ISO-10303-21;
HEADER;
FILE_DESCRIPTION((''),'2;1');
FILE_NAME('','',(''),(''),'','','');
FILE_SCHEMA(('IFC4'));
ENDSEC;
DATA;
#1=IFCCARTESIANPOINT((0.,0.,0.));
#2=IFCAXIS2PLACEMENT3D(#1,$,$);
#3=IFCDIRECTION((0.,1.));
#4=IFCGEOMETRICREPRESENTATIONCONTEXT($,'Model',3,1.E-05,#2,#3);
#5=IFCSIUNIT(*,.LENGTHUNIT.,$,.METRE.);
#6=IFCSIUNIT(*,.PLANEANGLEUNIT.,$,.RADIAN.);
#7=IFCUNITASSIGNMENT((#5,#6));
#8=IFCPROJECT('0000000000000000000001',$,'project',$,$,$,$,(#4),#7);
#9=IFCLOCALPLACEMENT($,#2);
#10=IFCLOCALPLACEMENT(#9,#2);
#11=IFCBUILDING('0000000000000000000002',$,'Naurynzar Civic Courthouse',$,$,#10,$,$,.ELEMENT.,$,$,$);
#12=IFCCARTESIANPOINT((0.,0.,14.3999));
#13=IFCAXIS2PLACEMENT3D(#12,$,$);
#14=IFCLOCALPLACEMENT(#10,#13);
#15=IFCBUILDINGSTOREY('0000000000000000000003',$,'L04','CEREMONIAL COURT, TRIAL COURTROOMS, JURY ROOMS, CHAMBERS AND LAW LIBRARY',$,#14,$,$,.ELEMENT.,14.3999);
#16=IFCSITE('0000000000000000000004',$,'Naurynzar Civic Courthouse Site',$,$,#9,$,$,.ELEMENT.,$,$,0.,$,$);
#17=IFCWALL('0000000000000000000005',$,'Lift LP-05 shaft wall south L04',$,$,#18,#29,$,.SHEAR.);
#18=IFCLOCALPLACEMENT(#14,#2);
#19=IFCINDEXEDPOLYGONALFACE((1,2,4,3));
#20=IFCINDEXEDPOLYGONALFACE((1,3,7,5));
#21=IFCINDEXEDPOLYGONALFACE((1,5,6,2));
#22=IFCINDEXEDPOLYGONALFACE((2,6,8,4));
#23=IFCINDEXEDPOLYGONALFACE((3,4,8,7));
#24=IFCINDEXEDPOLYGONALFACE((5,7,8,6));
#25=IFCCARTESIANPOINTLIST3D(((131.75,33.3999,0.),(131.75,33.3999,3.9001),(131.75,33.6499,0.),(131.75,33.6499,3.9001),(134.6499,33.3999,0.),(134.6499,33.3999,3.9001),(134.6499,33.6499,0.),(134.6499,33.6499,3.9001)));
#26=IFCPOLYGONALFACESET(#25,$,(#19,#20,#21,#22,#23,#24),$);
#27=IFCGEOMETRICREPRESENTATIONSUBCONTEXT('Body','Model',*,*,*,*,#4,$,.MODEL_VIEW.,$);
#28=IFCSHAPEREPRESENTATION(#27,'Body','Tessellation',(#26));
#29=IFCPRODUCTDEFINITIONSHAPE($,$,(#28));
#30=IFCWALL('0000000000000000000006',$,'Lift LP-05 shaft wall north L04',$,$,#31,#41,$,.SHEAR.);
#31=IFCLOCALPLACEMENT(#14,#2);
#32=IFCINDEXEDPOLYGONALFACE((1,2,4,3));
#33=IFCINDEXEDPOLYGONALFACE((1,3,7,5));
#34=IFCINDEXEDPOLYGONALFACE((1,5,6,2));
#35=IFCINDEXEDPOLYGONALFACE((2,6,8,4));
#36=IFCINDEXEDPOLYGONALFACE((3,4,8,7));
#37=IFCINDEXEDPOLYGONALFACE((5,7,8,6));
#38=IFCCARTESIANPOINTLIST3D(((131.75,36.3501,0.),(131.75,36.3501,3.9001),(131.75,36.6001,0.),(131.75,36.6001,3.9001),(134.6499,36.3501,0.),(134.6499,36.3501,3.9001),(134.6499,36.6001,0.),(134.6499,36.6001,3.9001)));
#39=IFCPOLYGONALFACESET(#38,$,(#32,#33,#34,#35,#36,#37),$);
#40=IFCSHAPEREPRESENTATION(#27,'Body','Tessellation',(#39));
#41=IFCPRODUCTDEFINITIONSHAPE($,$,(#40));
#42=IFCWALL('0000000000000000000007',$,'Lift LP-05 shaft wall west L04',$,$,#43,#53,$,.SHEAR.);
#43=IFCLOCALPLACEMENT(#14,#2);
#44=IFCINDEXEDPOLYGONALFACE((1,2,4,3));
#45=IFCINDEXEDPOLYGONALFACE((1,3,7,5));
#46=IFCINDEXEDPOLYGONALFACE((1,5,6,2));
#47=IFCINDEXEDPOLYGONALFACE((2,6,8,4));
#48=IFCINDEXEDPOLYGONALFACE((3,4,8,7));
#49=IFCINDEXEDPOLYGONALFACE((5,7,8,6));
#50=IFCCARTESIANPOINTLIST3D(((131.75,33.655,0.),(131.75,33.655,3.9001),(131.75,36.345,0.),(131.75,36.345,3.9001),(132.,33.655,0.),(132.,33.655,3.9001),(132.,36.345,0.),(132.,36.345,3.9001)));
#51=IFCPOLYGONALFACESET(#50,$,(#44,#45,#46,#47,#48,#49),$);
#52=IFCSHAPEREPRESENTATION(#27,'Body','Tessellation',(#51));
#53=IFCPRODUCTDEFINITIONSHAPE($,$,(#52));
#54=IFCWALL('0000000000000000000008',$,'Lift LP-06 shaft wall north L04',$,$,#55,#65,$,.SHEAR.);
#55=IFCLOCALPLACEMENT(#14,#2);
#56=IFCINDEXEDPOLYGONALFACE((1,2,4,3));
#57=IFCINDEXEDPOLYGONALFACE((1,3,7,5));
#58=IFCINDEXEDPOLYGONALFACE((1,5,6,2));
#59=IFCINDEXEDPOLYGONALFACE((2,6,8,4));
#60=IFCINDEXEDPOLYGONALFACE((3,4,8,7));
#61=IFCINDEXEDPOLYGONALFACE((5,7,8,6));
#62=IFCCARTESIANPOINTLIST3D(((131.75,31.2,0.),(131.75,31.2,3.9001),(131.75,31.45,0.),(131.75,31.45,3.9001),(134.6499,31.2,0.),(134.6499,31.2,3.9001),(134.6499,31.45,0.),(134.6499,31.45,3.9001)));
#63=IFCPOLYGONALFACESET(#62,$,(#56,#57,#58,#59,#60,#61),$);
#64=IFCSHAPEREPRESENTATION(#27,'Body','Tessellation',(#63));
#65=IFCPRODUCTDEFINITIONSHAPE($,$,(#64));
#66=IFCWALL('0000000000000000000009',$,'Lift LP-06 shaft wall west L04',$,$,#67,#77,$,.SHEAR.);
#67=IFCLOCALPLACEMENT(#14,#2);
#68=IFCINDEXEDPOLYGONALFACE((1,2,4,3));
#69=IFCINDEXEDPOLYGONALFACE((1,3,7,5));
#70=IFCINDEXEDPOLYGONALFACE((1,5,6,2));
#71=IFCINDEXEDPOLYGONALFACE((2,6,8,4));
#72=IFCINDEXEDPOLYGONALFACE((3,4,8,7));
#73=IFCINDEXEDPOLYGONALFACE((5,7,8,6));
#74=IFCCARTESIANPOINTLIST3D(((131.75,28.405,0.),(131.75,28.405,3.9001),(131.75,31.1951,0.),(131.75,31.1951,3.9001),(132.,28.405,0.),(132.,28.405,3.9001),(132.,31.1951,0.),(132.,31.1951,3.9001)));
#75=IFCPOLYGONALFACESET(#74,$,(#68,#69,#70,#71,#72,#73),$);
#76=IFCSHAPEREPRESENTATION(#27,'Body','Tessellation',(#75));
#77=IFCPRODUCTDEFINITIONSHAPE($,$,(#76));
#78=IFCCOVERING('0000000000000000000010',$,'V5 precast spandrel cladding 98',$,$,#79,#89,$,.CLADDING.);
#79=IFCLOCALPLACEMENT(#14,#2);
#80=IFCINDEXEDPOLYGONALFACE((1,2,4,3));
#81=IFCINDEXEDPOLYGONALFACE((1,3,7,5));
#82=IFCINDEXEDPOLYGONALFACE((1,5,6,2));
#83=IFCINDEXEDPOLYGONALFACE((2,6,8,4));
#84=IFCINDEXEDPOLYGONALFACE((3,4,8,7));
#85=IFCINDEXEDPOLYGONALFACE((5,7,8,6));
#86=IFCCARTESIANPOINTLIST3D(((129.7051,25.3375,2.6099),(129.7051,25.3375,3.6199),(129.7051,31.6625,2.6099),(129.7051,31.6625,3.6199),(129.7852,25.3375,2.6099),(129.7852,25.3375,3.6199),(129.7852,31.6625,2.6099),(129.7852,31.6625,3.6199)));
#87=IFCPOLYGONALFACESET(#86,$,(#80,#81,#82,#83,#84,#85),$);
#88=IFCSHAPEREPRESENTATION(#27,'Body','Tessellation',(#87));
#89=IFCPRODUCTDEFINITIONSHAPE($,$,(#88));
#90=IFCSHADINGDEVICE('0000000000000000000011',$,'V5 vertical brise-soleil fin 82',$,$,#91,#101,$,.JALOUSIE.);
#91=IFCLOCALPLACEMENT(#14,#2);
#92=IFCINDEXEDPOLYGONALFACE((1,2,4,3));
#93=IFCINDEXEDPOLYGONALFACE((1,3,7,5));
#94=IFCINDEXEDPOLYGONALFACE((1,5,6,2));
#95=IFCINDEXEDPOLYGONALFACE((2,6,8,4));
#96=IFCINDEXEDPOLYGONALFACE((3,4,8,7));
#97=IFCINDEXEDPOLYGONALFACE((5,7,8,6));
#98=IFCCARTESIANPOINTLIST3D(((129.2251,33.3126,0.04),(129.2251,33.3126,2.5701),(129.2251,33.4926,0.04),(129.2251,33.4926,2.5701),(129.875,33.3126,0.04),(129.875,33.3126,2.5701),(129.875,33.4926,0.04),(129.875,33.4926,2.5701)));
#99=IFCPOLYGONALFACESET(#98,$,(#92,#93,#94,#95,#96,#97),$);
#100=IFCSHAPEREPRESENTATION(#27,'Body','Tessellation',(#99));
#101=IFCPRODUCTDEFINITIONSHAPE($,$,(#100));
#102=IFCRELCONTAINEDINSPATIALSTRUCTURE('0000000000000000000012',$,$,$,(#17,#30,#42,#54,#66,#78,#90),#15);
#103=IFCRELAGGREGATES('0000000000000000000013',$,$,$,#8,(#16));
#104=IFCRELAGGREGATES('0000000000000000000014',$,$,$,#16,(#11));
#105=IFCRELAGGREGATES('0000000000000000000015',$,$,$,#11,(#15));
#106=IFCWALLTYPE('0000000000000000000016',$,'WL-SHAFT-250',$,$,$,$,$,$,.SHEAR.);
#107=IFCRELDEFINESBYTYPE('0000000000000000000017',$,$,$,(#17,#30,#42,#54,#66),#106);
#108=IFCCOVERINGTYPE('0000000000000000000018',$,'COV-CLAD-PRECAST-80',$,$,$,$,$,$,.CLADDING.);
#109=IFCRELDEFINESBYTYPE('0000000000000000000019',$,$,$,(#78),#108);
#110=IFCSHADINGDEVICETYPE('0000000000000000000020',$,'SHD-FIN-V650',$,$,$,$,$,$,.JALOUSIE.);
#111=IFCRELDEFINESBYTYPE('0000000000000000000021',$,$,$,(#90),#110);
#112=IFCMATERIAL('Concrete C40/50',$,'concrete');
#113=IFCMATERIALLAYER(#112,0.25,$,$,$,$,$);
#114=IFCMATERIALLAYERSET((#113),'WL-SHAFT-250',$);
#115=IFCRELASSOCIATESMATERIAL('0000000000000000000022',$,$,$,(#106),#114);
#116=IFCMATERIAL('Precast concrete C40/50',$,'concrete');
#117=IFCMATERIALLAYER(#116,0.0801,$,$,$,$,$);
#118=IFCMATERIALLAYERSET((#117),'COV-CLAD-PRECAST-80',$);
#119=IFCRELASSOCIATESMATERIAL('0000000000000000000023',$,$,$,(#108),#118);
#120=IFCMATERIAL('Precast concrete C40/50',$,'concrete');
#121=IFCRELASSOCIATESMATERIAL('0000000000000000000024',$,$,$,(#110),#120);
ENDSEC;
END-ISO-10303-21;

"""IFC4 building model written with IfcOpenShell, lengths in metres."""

from ifc_helpers import new_model, si_unit, direction, frame, frame_2d, origin, origin_2d, place, context, subcontext, project, spatial, rectangle, extrude, material, layer, layer_set, type_object, element, save


model = new_model("IFC4")

# Units and contexts
model_context = context("Model", 3, precision=1e-05, world=origin(), true_north=direction((0.0, 1.0)))
body_context = subcontext(model_context, "Body", "Model", "MODEL_VIEW")
ifc_project = project(units=[si_unit("LENGTHUNIT", "METRE"), si_unit("PLANEANGLEUNIT", "RADIAN")], contexts=[model_context])

# Site, building, storey
site_placement = place(None, origin())
site = spatial("IfcSite", under=ifc_project, at=site_placement, Name="Naurynzar Civic Courthouse Site", CompositionType="ELEMENT", RefElevation=0.0)
building_placement = place(site_placement, origin())
building = spatial("IfcBuilding", under=site, at=building_placement, Name="Naurynzar Civic Courthouse", CompositionType="ELEMENT")
storey_placement = place(building_placement, frame((0.0, 0.0, 14.3999)))
storey = spatial("IfcBuildingStorey", under=building, at=storey_placement, Name="L04", Description="CEREMONIAL COURT, TRIAL COURTROOMS, JURY ROOMS, CHAMBERS AND LAW LIBRARY", CompositionType="ELEMENT", Elevation=14.3999)

# Walls
ifc_material_1 = material(Name="Concrete C40/50", Category="concrete")
ifc_layer_1 = layer(ifc_material_1, 0.25)
ifc_layer_set_1 = layer_set([ifc_layer_1], Name="WL-SHAFT-250")
wall_type_1 = type_object("IfcWallType", Name="WL-SHAFT-250", PredefinedType="SHEAR", material=ifc_layer_set_1)
for number, where, z_axis, x_axis, name in (
    (1, (131.75, 33.5249, 0.0), (0.0, 0.0, 1.0), (1.0, 0.0, 0.0), "Lift LP-05 shaft wall south L04"),
    (2, (134.6499, 36.4751, 0.0), (0.0, 0.0, 1.0), (-1.0, 0.0, 0.0), "Lift LP-05 shaft wall north L04"),
):
    element("IfcWall", number, at=place(storey_placement, frame(where, z_axis=z_axis, x_axis=x_axis)), inside=storey, type_object=wall_type_1, Name=name, PredefinedType="SHEAR", context=body_context, shape_type="SweptSolid", body=[
        extrude(rectangle(XDim=2.8999, YDim=0.25, at=frame_2d((1.45, 0.0))), origin(), (0.0, 0.0, 1.0), 3.9001),
    ])
wall_1_placement = place(storey_placement, frame((131.875, 36.345, 0.0), z_axis=(0.0, 0.0, 1.0), x_axis=(0.0, -1.0, 0.0)))
element("IfcWall", 3, at=wall_1_placement, inside=storey, type_object=wall_type_1, Name="Lift LP-05 shaft wall west L04", PredefinedType="SHEAR", context=body_context, shape_type="SweptSolid", body=[
    extrude(rectangle(XDim=2.6899, YDim=0.25, at=frame_2d((1.345, 0.0))), origin(), (0.0, 0.0, 1.0), 3.9001),
])

# Walls
wall_2_placement = place(storey_placement, frame((134.6499, 31.325, 0.0), z_axis=(0.0, 0.0, 1.0), x_axis=(-1.0, 0.0, 0.0)))
element("IfcWall", 4, at=wall_2_placement, inside=storey, type_object=wall_type_1, Name="Lift LP-06 shaft wall north L04", PredefinedType="SHEAR", context=body_context, shape_type="SweptSolid", body=[
    extrude(rectangle(XDim=2.8999, YDim=0.25, at=frame_2d((1.45, 0.0))), origin(), (0.0, 0.0, 1.0), 3.9001),
])
wall_3_placement = place(storey_placement, frame((131.875, 31.1951, 0.0), z_axis=(0.0, 0.0, 1.0), x_axis=(0.0, -1.0, 0.0)))
element("IfcWall", 5, at=wall_3_placement, inside=storey, type_object=wall_type_1, Name="Lift LP-06 shaft wall west L04", PredefinedType="SHEAR", context=body_context, shape_type="SweptSolid", body=[
    extrude(rectangle(XDim=2.79, YDim=0.25, at=frame_2d((1.395, 0.0))), origin(), (0.0, 0.0, 1.0), 3.9001),
])

# Covering
ifc_material_2 = material(Name="Precast concrete C40/50", Category="concrete")
ifc_layer_2 = layer(ifc_material_2, 0.0801)
ifc_layer_set_2 = layer_set([ifc_layer_2], Name="COV-CLAD-PRECAST-80")
covering_type = type_object("IfcCoveringType", Name="COV-CLAD-PRECAST-80", PredefinedType="CLADDING", material=ifc_layer_set_2)
covering_placement = place(storey_placement, frame((129.7451, 28.5, 2.6099), z_axis=(0.0, 0.0, 1.0), x_axis=(0.0, 1.0, 0.0)))
element("IfcCovering", 6, at=covering_placement, inside=storey, type_object=covering_type, Name="V5 precast spandrel cladding 98", PredefinedType="CLADDING", context=body_context, shape_type="SweptSolid", body=[
    extrude(rectangle(XDim=6.325, YDim=0.0801, at=origin_2d()), origin(), (0.0, 0.0, 1.0), 1.01),
])

# Shading device
ifc_material_3 = material(Name="Precast concrete C40/50", Category="concrete")
shading_device_type = type_object("IfcShadingDeviceType", Name="SHD-FIN-V650", PredefinedType="JALOUSIE", material=ifc_material_3)
shading_device_placement = place(storey_placement, frame((129.55, 33.4026, 0.04), z_axis=(0.0, 0.0, 1.0), x_axis=(0.0, 1.0, 0.0)))
element("IfcShadingDevice", 7, at=shading_device_placement, inside=storey, type_object=shading_device_type, Name="V5 vertical brise-soleil fin 82", PredefinedType="JALOUSIE", context=body_context, shape_type="SweptSolid", body=[
    extrude(rectangle(XDim=0.1799, YDim=0.6499, at=origin_2d()), origin(), (0.0, 0.0, 1.0), 2.53),
])

save(model, "model.ifc")
